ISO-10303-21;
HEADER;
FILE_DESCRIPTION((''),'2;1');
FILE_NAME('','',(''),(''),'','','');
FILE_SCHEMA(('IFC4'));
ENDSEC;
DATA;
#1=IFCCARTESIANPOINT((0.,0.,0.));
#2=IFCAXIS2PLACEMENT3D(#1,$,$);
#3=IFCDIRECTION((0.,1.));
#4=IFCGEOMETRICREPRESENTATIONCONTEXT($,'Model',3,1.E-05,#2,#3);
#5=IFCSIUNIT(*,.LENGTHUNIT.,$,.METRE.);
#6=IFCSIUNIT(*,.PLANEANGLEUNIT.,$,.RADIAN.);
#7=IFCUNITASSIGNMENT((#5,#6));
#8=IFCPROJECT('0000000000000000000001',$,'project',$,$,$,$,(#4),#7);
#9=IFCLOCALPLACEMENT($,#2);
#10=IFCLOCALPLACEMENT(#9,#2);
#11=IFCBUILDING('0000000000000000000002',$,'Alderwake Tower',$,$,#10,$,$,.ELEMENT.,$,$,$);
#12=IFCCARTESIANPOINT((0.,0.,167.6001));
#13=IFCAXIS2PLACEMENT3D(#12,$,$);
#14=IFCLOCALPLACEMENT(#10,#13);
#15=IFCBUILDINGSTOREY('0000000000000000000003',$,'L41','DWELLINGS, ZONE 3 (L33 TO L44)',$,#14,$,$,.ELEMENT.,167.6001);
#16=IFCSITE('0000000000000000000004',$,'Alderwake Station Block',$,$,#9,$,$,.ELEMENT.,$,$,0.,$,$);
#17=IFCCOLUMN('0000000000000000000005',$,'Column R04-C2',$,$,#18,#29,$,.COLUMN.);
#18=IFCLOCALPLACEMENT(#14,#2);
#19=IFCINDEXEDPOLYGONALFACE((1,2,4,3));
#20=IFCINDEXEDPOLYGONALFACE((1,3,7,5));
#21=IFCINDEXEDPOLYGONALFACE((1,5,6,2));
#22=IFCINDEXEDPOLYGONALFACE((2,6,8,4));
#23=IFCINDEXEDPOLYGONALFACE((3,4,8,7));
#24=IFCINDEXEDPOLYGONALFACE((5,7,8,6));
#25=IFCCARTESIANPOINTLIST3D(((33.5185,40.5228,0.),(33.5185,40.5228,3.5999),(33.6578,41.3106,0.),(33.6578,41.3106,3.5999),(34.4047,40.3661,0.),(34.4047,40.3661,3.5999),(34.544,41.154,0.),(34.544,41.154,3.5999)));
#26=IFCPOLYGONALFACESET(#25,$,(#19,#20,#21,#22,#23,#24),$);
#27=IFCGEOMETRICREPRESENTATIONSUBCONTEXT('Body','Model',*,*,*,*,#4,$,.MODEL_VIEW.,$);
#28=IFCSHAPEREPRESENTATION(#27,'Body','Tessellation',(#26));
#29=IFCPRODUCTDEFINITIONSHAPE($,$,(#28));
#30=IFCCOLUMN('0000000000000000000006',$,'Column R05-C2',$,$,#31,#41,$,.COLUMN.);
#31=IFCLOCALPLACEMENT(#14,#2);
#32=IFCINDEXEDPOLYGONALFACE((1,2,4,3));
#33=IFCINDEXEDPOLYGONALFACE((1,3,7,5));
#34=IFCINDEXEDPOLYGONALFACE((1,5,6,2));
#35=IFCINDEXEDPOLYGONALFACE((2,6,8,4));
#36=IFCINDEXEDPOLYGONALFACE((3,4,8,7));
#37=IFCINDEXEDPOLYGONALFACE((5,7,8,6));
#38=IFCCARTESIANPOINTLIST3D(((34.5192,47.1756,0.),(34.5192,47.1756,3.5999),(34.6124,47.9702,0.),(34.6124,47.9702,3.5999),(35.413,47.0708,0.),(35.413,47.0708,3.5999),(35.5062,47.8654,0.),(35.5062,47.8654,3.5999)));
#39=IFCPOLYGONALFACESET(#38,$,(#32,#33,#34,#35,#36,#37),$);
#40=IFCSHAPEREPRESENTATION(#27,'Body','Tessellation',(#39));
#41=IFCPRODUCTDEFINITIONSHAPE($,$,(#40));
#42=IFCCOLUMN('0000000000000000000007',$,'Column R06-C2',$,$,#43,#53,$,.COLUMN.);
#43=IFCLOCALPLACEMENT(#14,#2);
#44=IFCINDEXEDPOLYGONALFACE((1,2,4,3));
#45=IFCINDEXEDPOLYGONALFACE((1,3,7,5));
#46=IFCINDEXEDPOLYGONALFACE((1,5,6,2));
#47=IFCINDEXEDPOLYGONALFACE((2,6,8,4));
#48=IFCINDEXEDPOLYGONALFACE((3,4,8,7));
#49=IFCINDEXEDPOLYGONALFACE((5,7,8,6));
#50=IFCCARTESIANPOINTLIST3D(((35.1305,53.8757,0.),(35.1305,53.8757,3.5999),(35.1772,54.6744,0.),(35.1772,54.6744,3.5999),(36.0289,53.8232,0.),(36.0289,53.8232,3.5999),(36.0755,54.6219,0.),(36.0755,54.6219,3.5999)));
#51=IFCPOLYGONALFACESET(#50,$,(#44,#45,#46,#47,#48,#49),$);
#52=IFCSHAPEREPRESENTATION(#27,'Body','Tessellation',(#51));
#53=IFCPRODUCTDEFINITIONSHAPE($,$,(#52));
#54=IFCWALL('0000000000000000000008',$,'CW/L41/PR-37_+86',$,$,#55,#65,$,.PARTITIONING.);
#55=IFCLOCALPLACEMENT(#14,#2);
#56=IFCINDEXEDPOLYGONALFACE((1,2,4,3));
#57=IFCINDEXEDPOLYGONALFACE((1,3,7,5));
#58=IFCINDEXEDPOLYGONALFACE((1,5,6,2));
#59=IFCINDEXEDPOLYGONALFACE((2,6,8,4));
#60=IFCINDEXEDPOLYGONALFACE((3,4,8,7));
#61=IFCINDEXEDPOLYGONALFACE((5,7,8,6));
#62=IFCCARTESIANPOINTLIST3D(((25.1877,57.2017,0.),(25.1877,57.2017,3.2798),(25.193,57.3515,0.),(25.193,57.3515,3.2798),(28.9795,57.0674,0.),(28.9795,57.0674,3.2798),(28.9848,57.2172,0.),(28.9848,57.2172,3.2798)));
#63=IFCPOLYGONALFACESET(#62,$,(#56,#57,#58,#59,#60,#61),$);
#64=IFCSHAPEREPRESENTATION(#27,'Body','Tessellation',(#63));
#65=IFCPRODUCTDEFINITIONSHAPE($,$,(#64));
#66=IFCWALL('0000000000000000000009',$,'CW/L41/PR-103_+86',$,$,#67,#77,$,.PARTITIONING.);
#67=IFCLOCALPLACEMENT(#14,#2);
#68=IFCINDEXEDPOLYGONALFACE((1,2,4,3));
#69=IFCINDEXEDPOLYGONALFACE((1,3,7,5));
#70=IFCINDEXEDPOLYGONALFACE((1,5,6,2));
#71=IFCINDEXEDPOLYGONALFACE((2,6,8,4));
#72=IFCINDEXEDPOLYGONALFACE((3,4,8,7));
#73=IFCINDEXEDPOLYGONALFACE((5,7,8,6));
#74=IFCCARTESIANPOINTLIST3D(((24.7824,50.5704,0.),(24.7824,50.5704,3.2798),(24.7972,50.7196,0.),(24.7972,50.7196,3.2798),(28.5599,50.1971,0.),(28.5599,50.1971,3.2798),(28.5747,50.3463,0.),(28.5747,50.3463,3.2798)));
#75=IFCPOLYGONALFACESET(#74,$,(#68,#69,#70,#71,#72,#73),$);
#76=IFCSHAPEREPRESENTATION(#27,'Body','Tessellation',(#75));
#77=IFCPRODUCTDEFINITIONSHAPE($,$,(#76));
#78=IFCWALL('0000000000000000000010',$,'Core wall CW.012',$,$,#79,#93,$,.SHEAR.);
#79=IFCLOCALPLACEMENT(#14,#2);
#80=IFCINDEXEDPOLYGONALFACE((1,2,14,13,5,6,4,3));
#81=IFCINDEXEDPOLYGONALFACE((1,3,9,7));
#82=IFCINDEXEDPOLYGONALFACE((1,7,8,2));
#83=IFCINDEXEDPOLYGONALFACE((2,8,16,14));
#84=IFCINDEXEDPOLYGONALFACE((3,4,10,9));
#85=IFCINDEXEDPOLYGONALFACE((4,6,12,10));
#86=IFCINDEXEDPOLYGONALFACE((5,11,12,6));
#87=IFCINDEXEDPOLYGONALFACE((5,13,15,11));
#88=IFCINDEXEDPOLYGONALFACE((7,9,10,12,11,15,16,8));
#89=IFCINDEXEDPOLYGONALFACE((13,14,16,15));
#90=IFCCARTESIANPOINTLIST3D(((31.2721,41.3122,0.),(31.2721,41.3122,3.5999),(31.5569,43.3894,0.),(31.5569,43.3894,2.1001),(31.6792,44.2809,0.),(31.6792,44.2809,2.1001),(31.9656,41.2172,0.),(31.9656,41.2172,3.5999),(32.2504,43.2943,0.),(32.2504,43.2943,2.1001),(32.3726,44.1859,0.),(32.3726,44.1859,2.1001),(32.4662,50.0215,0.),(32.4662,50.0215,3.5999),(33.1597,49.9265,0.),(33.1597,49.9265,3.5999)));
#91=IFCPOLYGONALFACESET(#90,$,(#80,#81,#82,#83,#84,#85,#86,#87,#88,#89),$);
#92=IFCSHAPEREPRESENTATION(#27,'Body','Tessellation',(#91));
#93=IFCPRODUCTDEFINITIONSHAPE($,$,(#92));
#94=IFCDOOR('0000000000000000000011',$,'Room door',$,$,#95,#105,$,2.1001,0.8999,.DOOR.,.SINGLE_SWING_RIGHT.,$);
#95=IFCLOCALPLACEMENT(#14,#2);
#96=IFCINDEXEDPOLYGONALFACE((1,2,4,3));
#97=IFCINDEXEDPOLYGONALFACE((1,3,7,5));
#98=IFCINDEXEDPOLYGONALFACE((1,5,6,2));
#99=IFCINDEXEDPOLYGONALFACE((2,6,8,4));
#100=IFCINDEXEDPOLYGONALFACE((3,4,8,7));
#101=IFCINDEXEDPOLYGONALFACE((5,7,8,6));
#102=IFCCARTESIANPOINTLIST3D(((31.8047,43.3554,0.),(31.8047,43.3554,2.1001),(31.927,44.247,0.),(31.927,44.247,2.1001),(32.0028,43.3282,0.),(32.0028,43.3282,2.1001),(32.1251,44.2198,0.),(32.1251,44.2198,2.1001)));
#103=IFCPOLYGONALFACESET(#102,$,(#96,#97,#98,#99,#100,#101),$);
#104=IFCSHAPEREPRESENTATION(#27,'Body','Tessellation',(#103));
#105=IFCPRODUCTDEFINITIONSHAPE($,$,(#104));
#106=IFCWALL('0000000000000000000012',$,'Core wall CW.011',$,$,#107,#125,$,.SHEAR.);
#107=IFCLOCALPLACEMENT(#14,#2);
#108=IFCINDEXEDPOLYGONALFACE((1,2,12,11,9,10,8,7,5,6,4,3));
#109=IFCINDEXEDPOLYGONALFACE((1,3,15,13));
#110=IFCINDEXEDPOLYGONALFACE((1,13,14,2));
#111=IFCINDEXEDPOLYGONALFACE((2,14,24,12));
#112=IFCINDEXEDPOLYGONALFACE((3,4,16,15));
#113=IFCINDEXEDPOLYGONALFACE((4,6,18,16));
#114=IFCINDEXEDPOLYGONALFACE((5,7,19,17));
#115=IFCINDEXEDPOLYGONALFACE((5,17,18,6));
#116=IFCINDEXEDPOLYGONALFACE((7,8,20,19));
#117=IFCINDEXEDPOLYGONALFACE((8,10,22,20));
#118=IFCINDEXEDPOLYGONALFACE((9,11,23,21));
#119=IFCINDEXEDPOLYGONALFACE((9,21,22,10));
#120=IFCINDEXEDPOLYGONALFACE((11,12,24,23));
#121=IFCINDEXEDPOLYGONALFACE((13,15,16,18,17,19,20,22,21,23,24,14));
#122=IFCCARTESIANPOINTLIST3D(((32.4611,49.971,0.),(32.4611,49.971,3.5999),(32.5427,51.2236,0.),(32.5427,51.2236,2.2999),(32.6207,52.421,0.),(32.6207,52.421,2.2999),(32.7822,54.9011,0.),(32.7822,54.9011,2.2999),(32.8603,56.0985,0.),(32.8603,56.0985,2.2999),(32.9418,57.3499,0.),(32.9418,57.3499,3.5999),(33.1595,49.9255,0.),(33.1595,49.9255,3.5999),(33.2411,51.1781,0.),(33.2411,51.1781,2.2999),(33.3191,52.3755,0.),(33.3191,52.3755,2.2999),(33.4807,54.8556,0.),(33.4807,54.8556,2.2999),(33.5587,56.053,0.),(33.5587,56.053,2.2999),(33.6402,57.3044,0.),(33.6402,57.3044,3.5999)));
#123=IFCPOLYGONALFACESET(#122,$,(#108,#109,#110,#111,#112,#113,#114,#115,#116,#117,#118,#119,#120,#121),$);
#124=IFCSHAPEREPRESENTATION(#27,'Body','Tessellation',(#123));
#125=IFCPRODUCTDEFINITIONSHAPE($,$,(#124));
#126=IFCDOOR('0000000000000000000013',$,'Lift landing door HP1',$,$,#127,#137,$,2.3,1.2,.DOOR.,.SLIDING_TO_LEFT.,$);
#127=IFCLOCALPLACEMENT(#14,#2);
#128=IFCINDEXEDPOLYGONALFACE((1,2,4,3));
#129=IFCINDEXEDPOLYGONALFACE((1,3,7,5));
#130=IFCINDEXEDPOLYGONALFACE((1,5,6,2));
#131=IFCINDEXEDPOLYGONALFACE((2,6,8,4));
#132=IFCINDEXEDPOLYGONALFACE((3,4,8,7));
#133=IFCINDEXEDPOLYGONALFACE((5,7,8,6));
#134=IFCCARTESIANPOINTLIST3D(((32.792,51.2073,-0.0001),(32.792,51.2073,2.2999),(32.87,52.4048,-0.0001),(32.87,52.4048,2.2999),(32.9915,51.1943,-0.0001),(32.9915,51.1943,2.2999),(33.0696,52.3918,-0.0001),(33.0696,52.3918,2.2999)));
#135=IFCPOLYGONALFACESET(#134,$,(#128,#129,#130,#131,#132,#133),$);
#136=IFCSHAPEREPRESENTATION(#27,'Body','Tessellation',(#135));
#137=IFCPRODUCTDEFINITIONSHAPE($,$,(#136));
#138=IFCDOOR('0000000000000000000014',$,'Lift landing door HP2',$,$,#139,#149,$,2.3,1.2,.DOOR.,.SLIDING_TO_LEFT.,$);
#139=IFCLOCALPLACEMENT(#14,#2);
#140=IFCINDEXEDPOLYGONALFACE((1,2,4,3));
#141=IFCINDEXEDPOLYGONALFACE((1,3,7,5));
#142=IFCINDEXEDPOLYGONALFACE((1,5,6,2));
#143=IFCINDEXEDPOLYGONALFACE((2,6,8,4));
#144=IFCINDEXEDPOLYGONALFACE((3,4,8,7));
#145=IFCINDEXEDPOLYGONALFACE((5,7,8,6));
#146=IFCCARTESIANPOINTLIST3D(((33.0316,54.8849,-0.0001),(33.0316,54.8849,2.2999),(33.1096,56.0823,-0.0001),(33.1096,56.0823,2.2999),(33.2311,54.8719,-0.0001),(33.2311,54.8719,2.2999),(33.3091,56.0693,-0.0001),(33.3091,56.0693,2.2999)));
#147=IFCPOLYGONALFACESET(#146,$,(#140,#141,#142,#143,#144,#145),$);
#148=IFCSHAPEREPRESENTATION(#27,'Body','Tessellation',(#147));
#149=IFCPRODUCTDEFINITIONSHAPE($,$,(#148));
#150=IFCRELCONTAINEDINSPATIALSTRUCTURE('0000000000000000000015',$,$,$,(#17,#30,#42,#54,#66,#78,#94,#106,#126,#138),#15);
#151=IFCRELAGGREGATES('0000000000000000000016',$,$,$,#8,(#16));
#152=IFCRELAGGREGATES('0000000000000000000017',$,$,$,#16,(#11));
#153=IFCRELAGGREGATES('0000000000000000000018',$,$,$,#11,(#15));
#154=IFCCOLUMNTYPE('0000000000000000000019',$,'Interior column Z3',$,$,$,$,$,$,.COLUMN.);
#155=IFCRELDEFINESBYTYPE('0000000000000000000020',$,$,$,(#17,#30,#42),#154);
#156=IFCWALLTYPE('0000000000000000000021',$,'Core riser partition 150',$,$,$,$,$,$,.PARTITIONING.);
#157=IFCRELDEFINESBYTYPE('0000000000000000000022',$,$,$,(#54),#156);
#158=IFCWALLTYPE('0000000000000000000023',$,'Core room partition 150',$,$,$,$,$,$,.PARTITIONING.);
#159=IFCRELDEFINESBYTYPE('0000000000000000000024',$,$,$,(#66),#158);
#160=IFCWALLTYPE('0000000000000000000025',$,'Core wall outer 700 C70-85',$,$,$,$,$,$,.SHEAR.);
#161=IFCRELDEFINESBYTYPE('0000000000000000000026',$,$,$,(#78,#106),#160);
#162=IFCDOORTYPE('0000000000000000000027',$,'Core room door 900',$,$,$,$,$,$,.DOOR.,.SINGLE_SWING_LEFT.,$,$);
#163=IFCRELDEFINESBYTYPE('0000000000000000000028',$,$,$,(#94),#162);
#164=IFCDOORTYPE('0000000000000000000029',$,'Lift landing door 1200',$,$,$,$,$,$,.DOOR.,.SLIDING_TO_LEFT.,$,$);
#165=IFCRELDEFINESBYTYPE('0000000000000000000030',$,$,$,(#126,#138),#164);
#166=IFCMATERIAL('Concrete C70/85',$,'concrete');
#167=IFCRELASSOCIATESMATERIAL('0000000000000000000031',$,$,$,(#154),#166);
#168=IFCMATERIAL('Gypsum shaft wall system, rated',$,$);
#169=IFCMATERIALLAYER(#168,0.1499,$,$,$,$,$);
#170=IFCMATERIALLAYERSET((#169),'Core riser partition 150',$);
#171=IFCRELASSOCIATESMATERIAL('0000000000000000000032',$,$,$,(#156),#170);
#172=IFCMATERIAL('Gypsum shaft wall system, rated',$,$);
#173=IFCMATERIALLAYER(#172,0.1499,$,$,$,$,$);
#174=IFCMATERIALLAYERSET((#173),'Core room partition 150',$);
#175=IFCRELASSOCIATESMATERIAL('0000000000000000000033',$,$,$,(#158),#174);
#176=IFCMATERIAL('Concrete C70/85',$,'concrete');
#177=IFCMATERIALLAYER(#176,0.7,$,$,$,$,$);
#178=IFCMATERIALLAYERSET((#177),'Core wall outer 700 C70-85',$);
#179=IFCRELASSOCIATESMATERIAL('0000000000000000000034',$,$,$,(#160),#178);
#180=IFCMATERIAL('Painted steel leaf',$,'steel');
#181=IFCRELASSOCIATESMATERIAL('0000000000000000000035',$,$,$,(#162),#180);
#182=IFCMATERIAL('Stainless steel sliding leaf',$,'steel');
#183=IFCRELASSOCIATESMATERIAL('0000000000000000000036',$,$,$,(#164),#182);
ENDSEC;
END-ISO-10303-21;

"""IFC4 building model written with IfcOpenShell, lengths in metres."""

from ifc_helpers import new_model, si_unit, direction, frame, frame_2d, origin, origin_2d, place, context, subcontext, project, spatial, rectangle, extrude, material, layer, layer_set, material_profile, profile_set, type_object, element, fill, save


model = new_model("IFC4")

# Units and contexts
model_context = context("Model", 3, precision=1e-05, world=origin(), true_north=direction((0.0, 1.0)))
body_context = subcontext(model_context, "Body", "Model", "MODEL_VIEW")
ifc_project = project(units=[si_unit("LENGTHUNIT", "METRE"), si_unit("PLANEANGLEUNIT", "RADIAN")], contexts=[model_context])

# Site, building, storey
site_placement = place(None, origin())
site = spatial("IfcSite", under=ifc_project, at=site_placement, Name="Alderwake Station Block", CompositionType="ELEMENT", RefElevation=0.0)
building_placement = place(site_placement, origin())
building = spatial("IfcBuilding", under=site, at=building_placement, Name="Alderwake Tower", CompositionType="ELEMENT")
storey_placement = place(building_placement, frame((0.0, 0.0, 167.6001)))
storey = spatial("IfcBuildingStorey", under=building, at=storey_placement, Name="L41", Description="DWELLINGS, ZONE 3 (L33 TO L44)", CompositionType="ELEMENT", Elevation=167.6001)

# Columns
ifc_material_1 = material(Name="Concrete C70/85", Category="concrete")
ifc_material_profile = material_profile(ifc_material_1, rectangle(XDim=0.8, YDim=0.8999, at=origin_2d()), Name="RC 900X800")
ifc_profile_set = profile_set([ifc_material_profile], Name="Concrete C70/85")
column_type = type_object("IfcColumnType", Name="Interior column Z3", PredefinedType="COLUMN", material=ifc_profile_set)
for number, where, z_axis, x_axis, name in (
    (1, (34.0312, 40.8384, 0.0), (0.0, 0.0, 1.0), (0.174109, 0.984726, 0.0), "Column R04-C2"),
    (2, (35.0127, 47.5205, 0.0), (0.0, 0.0, 1.0), (0.116402, 0.993202, 0.0), "Column R05-C2"),
    (3, (35.603, 54.2488, 0.0), (0.0, 0.0, 1.0), (0.058301, 0.998299, 0.0), "Column R06-C2"),
):
    element("IfcColumn", number, at=place(storey_placement, frame(where, z_axis=z_axis, x_axis=x_axis)), inside=storey, type_object=column_type, Name=name, PredefinedType="COLUMN", context=body_context, shape_type="SweptSolid", body=[
        extrude(rectangle(XDim=0.8, YDim=0.8999, at=origin_2d()), origin(), (0.0, 0.0, 1.0), 3.5999),
    ])

# Walls
ifc_material_2 = material(Name="Gypsum shaft wall system, rated")
ifc_layer_1 = layer(ifc_material_2, 0.1499)
ifc_layer_set_1 = layer_set([ifc_layer_1], Name="Core riser partition 150")
wall_type_1 = type_object("IfcWallType", Name="Core riser partition 150", PredefinedType="PARTITIONING", material=ifc_layer_set_1)
wall_1_placement = place(storey_placement, frame((25.1904, 57.2766, 0.0), z_axis=(0.0, 0.0, 1.0), x_axis=(0.999374, -0.035391, 0.0)))
element("IfcWall", 4, at=wall_1_placement, inside=storey, type_object=wall_type_1, Name="CW/L41/PR-37_+86", PredefinedType="PARTITIONING", context=body_context, shape_type="SweptSolid", body=[
    extrude(rectangle(XDim=3.7942, YDim=0.1499, at=frame_2d((1.897, 0.0))), origin(), (0.0, 0.0, 1.0), 3.2798),
])
ifc_material_3 = material(Name="Gypsum shaft wall system, rated")
ifc_layer_2 = layer(ifc_material_3, 0.1499)
ifc_layer_set_2 = layer_set([ifc_layer_2], Name="Core room partition 150")
wall_type_2 = type_object("IfcWallType", Name="Core room partition 150", PredefinedType="PARTITIONING", material=ifc_layer_set_2)
wall_2_placement = place(storey_placement, frame((24.7898, 50.645, 0.0), z_axis=(0.0, 0.0, 1.0), x_axis=(0.995153, -0.098338, 0.0)))
element("IfcWall", 5, at=wall_2_placement, inside=storey, type_object=wall_type_2, Name="CW/L41/PR-103_+86", PredefinedType="PARTITIONING", context=body_context, shape_type="SweptSolid", body=[
    extrude(rectangle(XDim=3.7959, YDim=0.1499, at=frame_2d((1.8979, 0.0))), origin(), (0.0, 0.0, 1.0), 3.2798),
])

# Wall, opening, door
ifc_material_4 = material(Name="Concrete C70/85", Category="concrete")
ifc_layer_3 = layer(ifc_material_4, 0.7)
ifc_layer_set_3 = layer_set([ifc_layer_3], Name="Core wall outer 700 C70-85")
wall_type_3 = type_object("IfcWallType", Name="Core wall outer 700 C70-85", PredefinedType="SHEAR", material=ifc_layer_set_3)
wall_3_placement = place(storey_placement, frame((32.813, 49.9741, 0.0), z_axis=(0.0, 0.0, 1.0), x_axis=(-0.135836, -0.990731, 0.0)))
wall_3 = element("IfcWall", 6, at=wall_3_placement, inside=storey, type_object=wall_type_3, Name="Core wall CW.012", PredefinedType="SHEAR", context=body_context, shape_type="SweptSolid", body=[
    extrude(rectangle(XDim=8.7908, YDim=0.7, at=frame_2d((4.3955, 0.0))), origin(), (0.0, 0.0, 1.0), 3.5999),
])
opening_1_placement = place(wall_3_placement, frame((5.7944, 0.0, 0.0)))
opening_1 = element("IfcOpeningElement", 7, at=opening_1_placement, cuts=wall_3, PredefinedType="OPENING", context=body_context, shape_type="SweptSolid", body=[
    extrude(rectangle(XDim=0.8999, YDim=2.1001, at=frame_2d((0.45, 1.05))), frame((0.0, 0.3599, 0.0), z_axis=(0.0, -1.0, 0.0), x_axis=(1.0, 0.0, 0.0)), (0.0, 0.0, 1.0), 0.72),
])
ifc_material_5 = material(Name="Painted steel leaf", Category="steel")
door_type_1 = type_object("IfcDoorType", Name="Core room door 900", OperationType="SINGLE_SWING_LEFT", PredefinedType="DOOR", material=ifc_material_5)
door_1_placement = place(opening_1_placement, origin())
door_1 = element("IfcDoor", 8, at=door_1_placement, inside=storey, type_object=door_type_1, Name="Room door", OperationType="SINGLE_SWING_RIGHT", OverallHeight=2.1001, OverallWidth=0.8999, PredefinedType="DOOR", context=body_context, shape_type="SweptSolid", body=[
    extrude(rectangle(XDim=0.8999, YDim=2.1001, at=frame_2d((0.45, 1.05))), frame((0.0, 0.1001, 0.0), z_axis=(0.0, -1.0, 0.0), x_axis=(1.0, 0.0, 0.0)), (0.0, 0.0, 1.0), 0.2),
])
fill(opening_1, door_1)

# Wall, openings, doors
wall_4_placement = place(storey_placement, frame((32.8103, 49.9482, 0.0), z_axis=(0.0, 0.0, 1.0), x_axis=(0.065009, 0.997885, 0.0)))
wall_4 = element("IfcWall", 9, at=wall_4_placement, inside=storey, type_object=wall_type_3, Name="Core wall CW.011", PredefinedType="SHEAR", context=body_context, shape_type="SweptSolid", body=[
    extrude(rectangle(XDim=7.3945, YDim=0.7, at=frame_2d((3.6973, 0.0))), origin(), (0.0, 0.0, 1.0), 3.5999),
])
opening_2_placement = place(wall_4_placement, frame((1.2551, 0.0, 0.0)))
opening_2 = element("IfcOpeningElement", 10, at=opening_2_placement, cuts=wall_4, PredefinedType="OPENING", context=body_context, shape_type="SweptSolid", body=[
    extrude(rectangle(XDim=1.2, YDim=2.3, at=frame_2d((0.6001, 1.1499))), frame((0.0, 0.3599, 0.0), z_axis=(0.0, -1.0, 0.0), x_axis=(1.0, 0.0, 0.0)), (0.0, 0.0, 1.0), 0.72),
])
opening_3_placement = place(wall_4_placement, frame((4.9404, 0.0, 0.0)))
opening_3 = element("IfcOpeningElement", 11, at=opening_3_placement, cuts=wall_4, PredefinedType="OPENING", context=body_context, shape_type="SweptSolid", body=[
    extrude(rectangle(XDim=1.2, YDim=2.3, at=frame_2d((0.6001, 1.1499))), frame((0.0, 0.3599, 0.0), z_axis=(0.0, -1.0, 0.0), x_axis=(1.0, 0.0, 0.0)), (0.0, 0.0, 1.0), 0.72),
])
ifc_material_6 = material(Name="Stainless steel sliding leaf", Category="steel")
door_type_2 = type_object("IfcDoorType", Name="Lift landing door 1200", OperationType="SLIDING_TO_LEFT", PredefinedType="DOOR", material=ifc_material_6)
door_2_placement = place(opening_2_placement, origin())
door_2 = element("IfcDoor", 12, at=door_2_placement, inside=storey, type_object=door_type_2, Name="Lift landing door HP1", OperationType="SLIDING_TO_LEFT", OverallHeight=2.3, OverallWidth=1.2, PredefinedType="DOOR", context=body_context, shape_type="SweptSolid", body=[
    extrude(rectangle(XDim=1.2, YDim=2.3, at=frame_2d((0.6001, 1.1499))), frame((0.0, 0.1001, 0.0), z_axis=(0.0, -1.0, 0.0), x_axis=(1.0, 0.0, 0.0)), (0.0, 0.0, 1.0), 0.2),
])
fill(opening_2, door_2)
door_3_placement = place(opening_3_placement, origin())
door_3 = element("IfcDoor", 13, at=door_3_placement, inside=storey, type_object=door_type_2, Name="Lift landing door HP2", OperationType="SLIDING_TO_LEFT", OverallHeight=2.3, OverallWidth=1.2, PredefinedType="DOOR", context=body_context, shape_type="SweptSolid", body=[
    extrude(rectangle(XDim=1.2, YDim=2.3, at=frame_2d((0.6001, 1.1499))), frame((0.0, 0.1001, 0.0), z_axis=(0.0, -1.0, 0.0), x_axis=(1.0, 0.0, 0.0)), (0.0, 0.0, 1.0), 0.2),
])
fill(opening_3, door_3)

save(model, "model.ifc")
